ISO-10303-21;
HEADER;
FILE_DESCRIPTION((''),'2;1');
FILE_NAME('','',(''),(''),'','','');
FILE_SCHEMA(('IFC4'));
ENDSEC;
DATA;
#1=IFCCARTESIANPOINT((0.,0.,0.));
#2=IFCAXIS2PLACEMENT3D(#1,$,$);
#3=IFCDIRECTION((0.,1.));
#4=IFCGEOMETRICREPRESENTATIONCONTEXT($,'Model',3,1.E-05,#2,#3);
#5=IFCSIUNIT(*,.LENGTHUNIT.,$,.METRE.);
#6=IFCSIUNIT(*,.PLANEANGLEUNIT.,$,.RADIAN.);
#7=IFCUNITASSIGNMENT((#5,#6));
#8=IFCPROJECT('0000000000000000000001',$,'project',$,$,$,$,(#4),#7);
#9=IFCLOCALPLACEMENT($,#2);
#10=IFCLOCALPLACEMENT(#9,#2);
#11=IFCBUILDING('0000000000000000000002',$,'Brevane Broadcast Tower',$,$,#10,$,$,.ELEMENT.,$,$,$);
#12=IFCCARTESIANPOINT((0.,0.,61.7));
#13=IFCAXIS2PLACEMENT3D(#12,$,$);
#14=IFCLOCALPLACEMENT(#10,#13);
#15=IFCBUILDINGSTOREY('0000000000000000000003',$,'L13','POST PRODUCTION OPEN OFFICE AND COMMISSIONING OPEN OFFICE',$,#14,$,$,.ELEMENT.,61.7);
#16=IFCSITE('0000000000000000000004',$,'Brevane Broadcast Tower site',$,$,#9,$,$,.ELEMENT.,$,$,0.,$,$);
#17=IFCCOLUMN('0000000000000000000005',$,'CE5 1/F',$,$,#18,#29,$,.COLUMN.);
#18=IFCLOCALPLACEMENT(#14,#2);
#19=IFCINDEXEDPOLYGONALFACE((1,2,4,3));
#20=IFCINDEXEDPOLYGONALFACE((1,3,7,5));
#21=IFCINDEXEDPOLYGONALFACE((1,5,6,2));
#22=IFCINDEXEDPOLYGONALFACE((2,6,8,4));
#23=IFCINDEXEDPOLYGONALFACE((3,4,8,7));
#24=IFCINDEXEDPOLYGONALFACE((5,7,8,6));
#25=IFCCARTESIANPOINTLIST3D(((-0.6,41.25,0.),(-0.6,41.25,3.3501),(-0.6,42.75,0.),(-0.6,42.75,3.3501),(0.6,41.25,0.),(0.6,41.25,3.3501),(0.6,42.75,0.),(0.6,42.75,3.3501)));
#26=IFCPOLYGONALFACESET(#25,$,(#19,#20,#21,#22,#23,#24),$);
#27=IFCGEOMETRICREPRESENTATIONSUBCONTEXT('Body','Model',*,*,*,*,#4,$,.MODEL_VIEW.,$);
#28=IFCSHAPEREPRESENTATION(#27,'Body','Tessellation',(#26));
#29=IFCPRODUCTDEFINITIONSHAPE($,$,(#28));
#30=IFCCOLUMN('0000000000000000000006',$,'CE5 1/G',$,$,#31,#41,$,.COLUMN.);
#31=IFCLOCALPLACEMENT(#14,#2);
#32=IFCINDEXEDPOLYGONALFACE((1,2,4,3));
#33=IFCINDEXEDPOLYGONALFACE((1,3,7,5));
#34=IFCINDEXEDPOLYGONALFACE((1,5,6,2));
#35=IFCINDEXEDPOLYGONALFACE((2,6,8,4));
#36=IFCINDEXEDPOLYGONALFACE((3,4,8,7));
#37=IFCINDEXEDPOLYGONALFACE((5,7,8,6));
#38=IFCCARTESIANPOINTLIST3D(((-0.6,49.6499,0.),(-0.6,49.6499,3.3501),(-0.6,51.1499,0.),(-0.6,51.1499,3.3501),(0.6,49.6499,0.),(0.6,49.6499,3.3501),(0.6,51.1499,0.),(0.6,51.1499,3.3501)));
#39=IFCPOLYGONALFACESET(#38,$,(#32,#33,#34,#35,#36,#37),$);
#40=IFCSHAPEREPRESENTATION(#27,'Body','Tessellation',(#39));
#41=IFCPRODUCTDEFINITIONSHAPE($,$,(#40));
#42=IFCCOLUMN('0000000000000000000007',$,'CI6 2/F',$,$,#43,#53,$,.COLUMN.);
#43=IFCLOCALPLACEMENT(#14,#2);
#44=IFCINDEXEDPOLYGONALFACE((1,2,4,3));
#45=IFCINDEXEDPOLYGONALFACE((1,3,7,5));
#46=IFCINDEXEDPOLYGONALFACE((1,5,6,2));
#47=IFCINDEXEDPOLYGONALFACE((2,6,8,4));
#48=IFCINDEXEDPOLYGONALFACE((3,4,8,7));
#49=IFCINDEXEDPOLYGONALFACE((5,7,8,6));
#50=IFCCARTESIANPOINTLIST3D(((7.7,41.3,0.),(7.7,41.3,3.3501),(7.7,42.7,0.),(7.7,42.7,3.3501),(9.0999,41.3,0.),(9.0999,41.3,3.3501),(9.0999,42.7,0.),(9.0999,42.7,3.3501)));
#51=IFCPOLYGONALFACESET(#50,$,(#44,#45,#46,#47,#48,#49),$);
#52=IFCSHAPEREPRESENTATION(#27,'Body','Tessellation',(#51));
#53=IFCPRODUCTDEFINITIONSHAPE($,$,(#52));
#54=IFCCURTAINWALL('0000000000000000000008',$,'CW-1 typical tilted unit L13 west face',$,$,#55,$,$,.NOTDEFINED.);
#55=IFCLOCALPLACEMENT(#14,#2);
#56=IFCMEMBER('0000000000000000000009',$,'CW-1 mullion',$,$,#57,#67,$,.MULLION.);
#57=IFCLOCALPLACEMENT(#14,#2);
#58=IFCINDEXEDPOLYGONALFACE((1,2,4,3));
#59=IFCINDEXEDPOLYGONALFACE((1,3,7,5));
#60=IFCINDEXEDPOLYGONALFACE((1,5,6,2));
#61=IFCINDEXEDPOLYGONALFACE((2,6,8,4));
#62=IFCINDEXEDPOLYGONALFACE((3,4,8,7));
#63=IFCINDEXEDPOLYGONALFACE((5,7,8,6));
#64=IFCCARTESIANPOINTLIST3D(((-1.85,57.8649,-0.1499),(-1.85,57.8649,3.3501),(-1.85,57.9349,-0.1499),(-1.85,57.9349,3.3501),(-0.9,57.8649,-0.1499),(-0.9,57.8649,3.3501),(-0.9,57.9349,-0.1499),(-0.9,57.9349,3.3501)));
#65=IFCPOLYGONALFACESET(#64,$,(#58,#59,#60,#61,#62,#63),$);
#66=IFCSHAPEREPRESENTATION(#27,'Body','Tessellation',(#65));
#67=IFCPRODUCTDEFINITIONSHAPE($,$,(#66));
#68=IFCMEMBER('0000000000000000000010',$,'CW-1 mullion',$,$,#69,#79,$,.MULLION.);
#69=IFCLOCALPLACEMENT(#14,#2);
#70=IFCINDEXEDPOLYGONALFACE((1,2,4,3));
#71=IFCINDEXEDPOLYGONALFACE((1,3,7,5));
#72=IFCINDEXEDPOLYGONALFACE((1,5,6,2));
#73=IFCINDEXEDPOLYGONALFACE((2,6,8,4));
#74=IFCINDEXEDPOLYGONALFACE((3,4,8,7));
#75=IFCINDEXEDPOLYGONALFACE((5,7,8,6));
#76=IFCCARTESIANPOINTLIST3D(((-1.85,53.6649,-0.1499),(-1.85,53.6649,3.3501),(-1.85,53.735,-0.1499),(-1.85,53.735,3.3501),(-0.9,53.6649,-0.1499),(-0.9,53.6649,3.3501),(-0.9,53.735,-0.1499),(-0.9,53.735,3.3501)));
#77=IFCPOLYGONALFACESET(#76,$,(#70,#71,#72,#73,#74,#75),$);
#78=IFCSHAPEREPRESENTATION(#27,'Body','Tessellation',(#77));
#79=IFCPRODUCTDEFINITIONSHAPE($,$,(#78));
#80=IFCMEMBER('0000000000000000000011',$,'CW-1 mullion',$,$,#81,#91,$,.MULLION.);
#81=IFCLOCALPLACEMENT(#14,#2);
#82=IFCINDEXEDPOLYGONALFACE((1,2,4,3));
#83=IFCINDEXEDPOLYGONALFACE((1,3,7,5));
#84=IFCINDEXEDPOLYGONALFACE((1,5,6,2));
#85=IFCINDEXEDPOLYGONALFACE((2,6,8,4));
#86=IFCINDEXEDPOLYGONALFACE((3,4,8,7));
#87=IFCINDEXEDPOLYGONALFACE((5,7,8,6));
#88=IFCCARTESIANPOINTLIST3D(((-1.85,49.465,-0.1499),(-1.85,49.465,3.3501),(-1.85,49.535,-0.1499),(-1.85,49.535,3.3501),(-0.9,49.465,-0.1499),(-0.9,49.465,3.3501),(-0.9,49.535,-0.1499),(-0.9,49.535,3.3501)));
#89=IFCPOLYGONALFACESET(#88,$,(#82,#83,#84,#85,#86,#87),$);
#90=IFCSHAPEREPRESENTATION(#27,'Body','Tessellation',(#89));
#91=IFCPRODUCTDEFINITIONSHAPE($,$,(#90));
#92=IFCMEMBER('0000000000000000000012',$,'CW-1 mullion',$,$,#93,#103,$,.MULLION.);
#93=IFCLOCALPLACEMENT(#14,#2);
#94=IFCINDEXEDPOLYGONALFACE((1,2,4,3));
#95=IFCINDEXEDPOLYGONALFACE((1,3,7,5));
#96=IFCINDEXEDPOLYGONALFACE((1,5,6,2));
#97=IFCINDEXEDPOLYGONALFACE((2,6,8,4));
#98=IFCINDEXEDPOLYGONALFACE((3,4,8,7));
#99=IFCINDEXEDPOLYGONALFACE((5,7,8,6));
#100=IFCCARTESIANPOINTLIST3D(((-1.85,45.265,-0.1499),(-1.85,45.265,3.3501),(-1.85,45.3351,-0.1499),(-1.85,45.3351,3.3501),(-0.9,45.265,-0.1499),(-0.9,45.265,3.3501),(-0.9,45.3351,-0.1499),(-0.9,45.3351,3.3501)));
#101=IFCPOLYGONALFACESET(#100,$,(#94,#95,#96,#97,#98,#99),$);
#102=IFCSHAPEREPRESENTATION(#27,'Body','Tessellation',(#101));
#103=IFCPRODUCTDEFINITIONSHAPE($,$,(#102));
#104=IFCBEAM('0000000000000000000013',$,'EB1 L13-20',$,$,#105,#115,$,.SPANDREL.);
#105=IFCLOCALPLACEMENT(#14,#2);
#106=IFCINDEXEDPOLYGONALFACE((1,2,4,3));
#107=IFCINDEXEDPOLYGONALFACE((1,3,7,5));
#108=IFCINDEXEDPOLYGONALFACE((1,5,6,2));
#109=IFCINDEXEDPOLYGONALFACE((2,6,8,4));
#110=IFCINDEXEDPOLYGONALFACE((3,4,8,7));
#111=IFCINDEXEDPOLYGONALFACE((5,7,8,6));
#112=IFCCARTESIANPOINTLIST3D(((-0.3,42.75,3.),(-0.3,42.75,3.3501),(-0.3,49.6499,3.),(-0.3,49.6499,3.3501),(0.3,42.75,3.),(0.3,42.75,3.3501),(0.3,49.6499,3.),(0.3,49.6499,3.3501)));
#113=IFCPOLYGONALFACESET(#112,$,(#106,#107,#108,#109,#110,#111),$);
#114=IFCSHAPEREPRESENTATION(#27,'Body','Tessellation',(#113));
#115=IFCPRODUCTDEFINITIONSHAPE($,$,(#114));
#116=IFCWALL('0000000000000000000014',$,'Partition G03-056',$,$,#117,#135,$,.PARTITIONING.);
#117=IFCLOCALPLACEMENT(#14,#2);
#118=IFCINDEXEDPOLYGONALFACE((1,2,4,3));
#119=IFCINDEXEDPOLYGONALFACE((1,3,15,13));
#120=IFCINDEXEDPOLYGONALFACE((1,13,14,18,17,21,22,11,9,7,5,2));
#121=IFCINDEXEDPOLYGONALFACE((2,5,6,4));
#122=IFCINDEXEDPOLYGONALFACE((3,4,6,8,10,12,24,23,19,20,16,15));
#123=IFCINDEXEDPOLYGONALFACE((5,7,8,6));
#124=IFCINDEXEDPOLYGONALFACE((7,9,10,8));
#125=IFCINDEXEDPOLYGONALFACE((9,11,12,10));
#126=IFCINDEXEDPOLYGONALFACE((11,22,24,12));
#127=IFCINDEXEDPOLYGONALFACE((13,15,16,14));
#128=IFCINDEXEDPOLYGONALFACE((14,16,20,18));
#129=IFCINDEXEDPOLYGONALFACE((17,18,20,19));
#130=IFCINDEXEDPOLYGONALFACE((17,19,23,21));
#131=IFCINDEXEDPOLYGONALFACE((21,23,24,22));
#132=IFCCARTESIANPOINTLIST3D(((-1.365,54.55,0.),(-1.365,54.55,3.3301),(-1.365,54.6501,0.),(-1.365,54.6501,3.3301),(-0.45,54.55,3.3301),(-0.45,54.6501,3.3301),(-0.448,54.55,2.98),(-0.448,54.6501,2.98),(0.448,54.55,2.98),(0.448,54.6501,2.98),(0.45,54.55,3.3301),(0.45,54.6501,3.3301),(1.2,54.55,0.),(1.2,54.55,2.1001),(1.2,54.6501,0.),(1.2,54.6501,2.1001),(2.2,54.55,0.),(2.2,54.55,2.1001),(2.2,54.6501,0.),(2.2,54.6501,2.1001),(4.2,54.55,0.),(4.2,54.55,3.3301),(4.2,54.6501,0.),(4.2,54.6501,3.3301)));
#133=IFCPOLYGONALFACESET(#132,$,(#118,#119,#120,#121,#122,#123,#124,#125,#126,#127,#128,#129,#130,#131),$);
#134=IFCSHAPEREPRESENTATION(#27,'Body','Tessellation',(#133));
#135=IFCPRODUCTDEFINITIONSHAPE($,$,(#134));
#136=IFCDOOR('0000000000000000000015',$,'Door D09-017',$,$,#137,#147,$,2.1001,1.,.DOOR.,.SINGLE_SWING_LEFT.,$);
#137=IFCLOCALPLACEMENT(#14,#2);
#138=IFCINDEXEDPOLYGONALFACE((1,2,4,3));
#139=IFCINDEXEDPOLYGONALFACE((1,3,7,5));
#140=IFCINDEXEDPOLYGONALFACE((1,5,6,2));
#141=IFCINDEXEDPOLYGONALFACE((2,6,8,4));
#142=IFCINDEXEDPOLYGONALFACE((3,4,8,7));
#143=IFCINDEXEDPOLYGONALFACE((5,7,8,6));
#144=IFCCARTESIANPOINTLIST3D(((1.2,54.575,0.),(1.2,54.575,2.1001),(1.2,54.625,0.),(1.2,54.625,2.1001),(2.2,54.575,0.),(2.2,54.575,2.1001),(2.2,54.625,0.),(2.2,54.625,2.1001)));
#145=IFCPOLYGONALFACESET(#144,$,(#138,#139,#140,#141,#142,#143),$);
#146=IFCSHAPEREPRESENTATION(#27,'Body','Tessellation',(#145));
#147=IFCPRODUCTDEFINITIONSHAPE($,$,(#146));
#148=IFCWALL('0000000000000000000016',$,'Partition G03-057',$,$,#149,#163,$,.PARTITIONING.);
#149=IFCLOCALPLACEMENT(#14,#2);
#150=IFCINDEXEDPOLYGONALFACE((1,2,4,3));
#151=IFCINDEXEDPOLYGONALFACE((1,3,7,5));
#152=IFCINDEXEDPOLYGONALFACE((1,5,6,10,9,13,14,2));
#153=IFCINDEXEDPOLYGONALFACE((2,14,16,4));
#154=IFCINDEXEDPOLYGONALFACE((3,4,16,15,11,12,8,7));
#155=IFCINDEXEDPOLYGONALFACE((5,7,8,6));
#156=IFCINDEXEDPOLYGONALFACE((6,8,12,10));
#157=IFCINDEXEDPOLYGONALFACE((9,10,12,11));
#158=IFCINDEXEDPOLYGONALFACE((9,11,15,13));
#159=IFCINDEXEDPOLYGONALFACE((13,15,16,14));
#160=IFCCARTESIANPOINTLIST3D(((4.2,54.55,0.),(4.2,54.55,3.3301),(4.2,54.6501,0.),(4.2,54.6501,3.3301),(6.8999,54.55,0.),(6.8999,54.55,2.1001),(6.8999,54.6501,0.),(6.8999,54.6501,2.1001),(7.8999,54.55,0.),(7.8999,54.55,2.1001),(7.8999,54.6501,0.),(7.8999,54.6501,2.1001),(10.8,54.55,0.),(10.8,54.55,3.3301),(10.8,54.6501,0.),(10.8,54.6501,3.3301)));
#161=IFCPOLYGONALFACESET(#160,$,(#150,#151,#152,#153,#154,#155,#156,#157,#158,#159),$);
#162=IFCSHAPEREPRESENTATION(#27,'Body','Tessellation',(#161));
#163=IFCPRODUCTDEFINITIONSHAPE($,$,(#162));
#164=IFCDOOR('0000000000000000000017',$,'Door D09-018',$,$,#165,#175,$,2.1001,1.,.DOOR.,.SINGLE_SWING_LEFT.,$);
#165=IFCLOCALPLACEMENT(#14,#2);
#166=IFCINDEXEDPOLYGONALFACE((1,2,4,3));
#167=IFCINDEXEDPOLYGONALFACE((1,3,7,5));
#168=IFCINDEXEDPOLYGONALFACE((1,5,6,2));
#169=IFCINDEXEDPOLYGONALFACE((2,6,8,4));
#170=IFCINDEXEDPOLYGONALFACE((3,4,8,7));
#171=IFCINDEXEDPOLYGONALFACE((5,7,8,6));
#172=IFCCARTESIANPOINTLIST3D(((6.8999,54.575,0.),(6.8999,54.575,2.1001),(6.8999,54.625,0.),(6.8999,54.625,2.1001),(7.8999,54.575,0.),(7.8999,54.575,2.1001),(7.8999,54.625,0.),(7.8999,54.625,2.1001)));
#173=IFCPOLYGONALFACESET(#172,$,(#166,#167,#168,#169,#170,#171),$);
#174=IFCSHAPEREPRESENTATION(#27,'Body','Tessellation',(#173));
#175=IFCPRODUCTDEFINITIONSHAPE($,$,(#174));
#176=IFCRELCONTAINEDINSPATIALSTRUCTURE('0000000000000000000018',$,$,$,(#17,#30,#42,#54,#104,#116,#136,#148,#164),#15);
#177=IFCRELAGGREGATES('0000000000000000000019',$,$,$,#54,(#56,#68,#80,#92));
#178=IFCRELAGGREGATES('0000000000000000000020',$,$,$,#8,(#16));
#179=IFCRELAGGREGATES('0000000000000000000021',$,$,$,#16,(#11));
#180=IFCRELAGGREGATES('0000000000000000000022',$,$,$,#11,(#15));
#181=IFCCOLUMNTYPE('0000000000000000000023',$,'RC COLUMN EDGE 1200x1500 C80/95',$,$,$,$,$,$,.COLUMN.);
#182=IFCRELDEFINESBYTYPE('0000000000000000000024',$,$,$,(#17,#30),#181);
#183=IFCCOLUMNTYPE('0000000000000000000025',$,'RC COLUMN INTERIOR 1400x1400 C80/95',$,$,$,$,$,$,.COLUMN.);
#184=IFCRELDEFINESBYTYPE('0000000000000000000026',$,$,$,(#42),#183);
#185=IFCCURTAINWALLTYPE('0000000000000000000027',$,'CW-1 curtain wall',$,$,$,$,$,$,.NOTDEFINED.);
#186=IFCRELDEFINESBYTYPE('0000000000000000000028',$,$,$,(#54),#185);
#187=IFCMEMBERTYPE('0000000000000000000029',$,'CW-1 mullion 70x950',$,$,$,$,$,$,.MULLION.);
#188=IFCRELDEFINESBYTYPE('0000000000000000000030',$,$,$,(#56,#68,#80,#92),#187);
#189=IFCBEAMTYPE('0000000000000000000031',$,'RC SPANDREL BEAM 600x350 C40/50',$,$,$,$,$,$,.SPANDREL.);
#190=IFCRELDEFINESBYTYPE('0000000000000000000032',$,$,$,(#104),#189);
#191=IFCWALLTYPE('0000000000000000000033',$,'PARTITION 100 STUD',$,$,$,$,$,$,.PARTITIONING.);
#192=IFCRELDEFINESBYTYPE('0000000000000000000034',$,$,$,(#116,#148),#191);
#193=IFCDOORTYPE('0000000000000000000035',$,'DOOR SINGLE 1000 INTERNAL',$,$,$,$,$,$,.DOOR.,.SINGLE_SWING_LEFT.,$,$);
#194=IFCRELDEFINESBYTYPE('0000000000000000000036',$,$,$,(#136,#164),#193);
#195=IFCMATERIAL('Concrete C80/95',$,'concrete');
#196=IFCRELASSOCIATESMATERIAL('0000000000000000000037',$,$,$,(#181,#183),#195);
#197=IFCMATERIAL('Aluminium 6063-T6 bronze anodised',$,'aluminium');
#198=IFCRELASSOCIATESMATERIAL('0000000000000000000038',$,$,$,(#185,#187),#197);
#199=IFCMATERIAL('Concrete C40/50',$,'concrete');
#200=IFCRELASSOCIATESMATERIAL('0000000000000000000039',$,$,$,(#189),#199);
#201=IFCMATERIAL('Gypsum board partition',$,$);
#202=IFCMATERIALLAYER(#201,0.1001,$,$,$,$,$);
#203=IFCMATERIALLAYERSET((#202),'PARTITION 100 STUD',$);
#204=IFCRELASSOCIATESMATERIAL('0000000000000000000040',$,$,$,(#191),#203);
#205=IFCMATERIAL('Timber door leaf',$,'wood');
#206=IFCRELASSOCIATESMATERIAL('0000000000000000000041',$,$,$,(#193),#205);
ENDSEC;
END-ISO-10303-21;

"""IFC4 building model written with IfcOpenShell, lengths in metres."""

from ifc_helpers import new_model, si_unit, direction, frame, frame_2d, origin, origin_2d, place, context, subcontext, project, spatial, polyline, rectangle, outline, extrude, material, layer, layer_set, material_profile, profile_set, type_object, element, fill, aggregate, save


model = new_model("IFC4")

# Units and contexts
model_context = context("Model", 3, precision=1e-05, world=origin(), true_north=direction((0.0, 1.0)))
body_context = subcontext(model_context, "Body", "Model", "MODEL_VIEW")
ifc_project = project(units=[si_unit("LENGTHUNIT", "METRE"), si_unit("PLANEANGLEUNIT", "RADIAN")], contexts=[model_context])

# Site, building, storey
site_placement = place(None, origin())
site = spatial("IfcSite", under=ifc_project, at=site_placement, Name="Brevane Broadcast Tower site", CompositionType="ELEMENT", RefElevation=0.0)
building_placement = place(site_placement, origin())
building = spatial("IfcBuilding", under=site, at=building_placement, Name="Brevane Broadcast Tower", CompositionType="ELEMENT")
storey_placement = place(building_placement, frame((0.0, 0.0, 61.7)))
storey = spatial("IfcBuildingStorey", under=building, at=storey_placement, Name="L13", Description="POST PRODUCTION OPEN OFFICE AND COMMISSIONING OPEN OFFICE", CompositionType="ELEMENT", Elevation=61.7)

# Columns
ifc_material_1 = material(Name="Concrete C80/95", Category="concrete")
ifc_material_profile_1 = material_profile(ifc_material_1, rectangle(XDim=1.2, YDim=1.5, at=origin_2d()), Name="RC 1200x1500")
ifc_profile_set_1 = profile_set([ifc_material_profile_1], Name="Concrete C80/95")
column_type_1 = type_object("IfcColumnType", Name="RC COLUMN EDGE 1200x1500 C80/95", PredefinedType="COLUMN", material=ifc_profile_set_1)
for number, where, z_axis, x_axis, name in (
    (1, (0.0, 42.0, 0.0), (0.0, 0.0, 1.0), (1.0, 0.0, 0.0), "CE5 1/F"),
    (2, (0.0, 50.3999, 0.0), (0.0, 0.0, 1.0), (1.0, 0.0, 0.0), "CE5 1/G"),
):
    element("IfcColumn", number, at=place(storey_placement, frame(where, z_axis=z_axis, x_axis=x_axis)), inside=storey, type_object=column_type_1, Name=name, PredefinedType="COLUMN", context=body_context, shape_type="SweptSolid", body=[
        extrude(rectangle(XDim=1.2, YDim=1.5, at=origin_2d()), origin(), (0.0, 0.0, 1.0), 3.3501),
    ])
ifc_material_profile_2 = material_profile(ifc_material_1, rectangle(XDim=1.3999, YDim=1.3999, at=origin_2d()), Name="RC 1400x1400")
ifc_profile_set_2 = profile_set([ifc_material_profile_2], Name="Concrete C80/95")
column_type_2 = type_object("IfcColumnType", Name="RC COLUMN INTERIOR 1400x1400 C80/95", PredefinedType="COLUMN", material=ifc_profile_set_2)
column_placement = place(storey_placement, frame((8.3999, 42.0, 0.0), z_axis=(0.0, 0.0, 1.0), x_axis=(1.0, 0.0, 0.0)))
element("IfcColumn", 3, at=column_placement, inside=storey, type_object=column_type_2, Name="CI6 2/F", PredefinedType="COLUMN", context=body_context, shape_type="SweptSolid", body=[
    extrude(rectangle(XDim=1.3999, YDim=1.3999, at=origin_2d()), origin(), (0.0, 0.0, 1.0), 3.3501),
])

# Curtain wall, members
ifc_material_2 = material(Name="Aluminium 6063-T6 bronze anodised", Category="aluminium")
curtain_wall_type = type_object("IfcCurtainWallType", Name="CW-1 curtain wall", PredefinedType="NOTDEFINED", material=ifc_material_2)
curtain_wall_placement = place(storey_placement, origin())
curtain_wall = element("IfcCurtainWall", 4, at=curtain_wall_placement, inside=storey, type_object=curtain_wall_type, Name="CW-1 typical tilted unit L13 west face", PredefinedType="NOTDEFINED")
ifc_material_profile_3 = material_profile(ifc_material_2, rectangle(XDim=0.95, YDim=0.0701, at=origin_2d()), Name="RECT 70x950")
ifc_profile_set_3 = profile_set([ifc_material_profile_3], Name="Aluminium 6063-T6 bronze anodised")
member_type = type_object("IfcMemberType", Name="CW-1 mullion 70x950", PredefinedType="MULLION", material=ifc_profile_set_3)
member_1_placement = place(storey_placement, frame((-1.375, 57.8999, -0.1499), z_axis=(0.0, 0.0, 1.0), x_axis=(1.0, 0.0, 0.0)))
member_1 = element("IfcMember", 5, at=member_1_placement, type_object=member_type, Name="CW-1 mullion", PredefinedType="MULLION", context=body_context, shape_type="SweptSolid", body=[
    extrude(rectangle(XDim=0.95, YDim=0.0701, at=origin_2d()), origin(), (0.0, 0.0, 1.0), 3.5),
])
member_2_placement = place(storey_placement, frame((-1.375, 53.7, -0.1499), z_axis=(0.0, 0.0, 1.0), x_axis=(1.0, 0.0, 0.0)))
member_2 = element("IfcMember", 6, at=member_2_placement, type_object=member_type, Name="CW-1 mullion", PredefinedType="MULLION", context=body_context, shape_type="SweptSolid", body=[
    extrude(rectangle(XDim=0.95, YDim=0.0701, at=origin_2d()), origin(), (0.0, 0.0, 1.0), 3.5),
])
member_3_placement = place(storey_placement, frame((-1.375, 49.5, -0.1499), z_axis=(0.0, 0.0, 1.0), x_axis=(1.0, 0.0, 0.0)))
member_3 = element("IfcMember", 7, at=member_3_placement, type_object=member_type, Name="CW-1 mullion", PredefinedType="MULLION", context=body_context, shape_type="SweptSolid", body=[
    extrude(rectangle(XDim=0.95, YDim=0.0701, at=origin_2d()), origin(), (0.0, 0.0, 1.0), 3.5),
])
member_4_placement = place(storey_placement, frame((-1.375, 45.3, -0.1499), z_axis=(0.0, 0.0, 1.0), x_axis=(1.0, 0.0, 0.0)))
member_4 = element("IfcMember", 8, at=member_4_placement, type_object=member_type, Name="CW-1 mullion", PredefinedType="MULLION", context=body_context, shape_type="SweptSolid", body=[
    extrude(rectangle(XDim=0.95, YDim=0.0701, at=origin_2d()), origin(), (0.0, 0.0, 1.0), 3.5),
])
aggregate(curtain_wall, [member_1, member_2, member_3, member_4])

# Beam
ifc_material_3 = material(Name="Concrete C40/50", Category="concrete")
ifc_material_profile_4 = material_profile(ifc_material_3, rectangle(XDim=0.6001, YDim=0.3501, at=origin_2d()), Name="RC 600x350")
ifc_profile_set_4 = profile_set([ifc_material_profile_4], Name="Concrete C40/50")
beam_type = type_object("IfcBeamType", Name="RC SPANDREL BEAM 600x350 C40/50", PredefinedType="SPANDREL", material=ifc_profile_set_4)
beam_placement = place(storey_placement, frame((0.0, 49.6499, 3.175), z_axis=(0.0, -1.0, 0.0), x_axis=(1.0, 0.0, 0.0)))
element("IfcBeam", 9, at=beam_placement, inside=storey, type_object=beam_type, Name="EB1 L13-20", PredefinedType="SPANDREL", context=body_context, shape_type="SweptSolid", body=[
    extrude(rectangle(XDim=0.6001, YDim=0.3501, at=origin_2d()), origin(), (0.0, 0.0, 1.0), 6.8999),
])

# Walls, openings, doors
ifc_material_4 = material(Name="Gypsum board partition")
ifc_layer_1 = layer(ifc_material_4, 0.1001)
ifc_layer_set_1 = layer_set([ifc_layer_1], Name="PARTITION 100 STUD")
wall_type_1 = type_object("IfcWallType", Name="PARTITION 100 STUD", PredefinedType="PARTITIONING", material=ifc_layer_set_1)
wall_1_placement = place(storey_placement, frame((-1.365, 54.6001, 0.0), z_axis=(0.0, 0.0, 1.0), x_axis=(1.0, 0.0, 0.0)))
wall_1 = element("IfcWall", 10, at=wall_1_placement, inside=storey, type_object=wall_type_1, Name="Partition G03-056", PredefinedType="PARTITIONING", context=body_context, shape_type="SweptSolid", body=[
    extrude(outline(polyline([(0.0, 0.0), (5.5649, 0.0), (5.5649, 3.3301), (1.8149, 3.3301), (1.813, 2.98), (0.917, 2.98), (0.915, 3.3301), (0.2649, 3.3301), (0.0, 3.3301), (0.0, 0.0)])), frame((0.0, 0.05, 0.0), z_axis=(0.0, -1.0, 0.0), x_axis=(1.0, 0.0, 0.0)), (0.0, 0.0, 1.0), 0.1001),
])
opening_1_placement = place(wall_1_placement, frame((2.5649, 0.0, 0.0)))
opening_1 = element("IfcOpeningElement", 11, at=opening_1_placement, cuts=wall_1, PredefinedType="OPENING", context=body_context, shape_type="SweptSolid", body=[
    extrude(rectangle(XDim=1.0, YDim=2.1001, at=frame_2d((0.5, 1.05))), frame((0.0, 0.0601, 0.0), z_axis=(0.0, -1.0, 0.0), x_axis=(1.0, 0.0, 0.0)), (0.0, 0.0, 1.0), 0.1201),
])
ifc_material_5 = material(Name="Timber door leaf", Category="wood")
door_type = type_object("IfcDoorType", Name="DOOR SINGLE 1000 INTERNAL", OperationType="SINGLE_SWING_LEFT", PredefinedType="DOOR", material=ifc_material_5)
door_1_placement = place(opening_1_placement, origin())
door_1 = element("IfcDoor", 12, at=door_1_placement, inside=storey, type_object=door_type, Name="Door D09-017", OperationType="SINGLE_SWING_LEFT", OverallHeight=2.1001, OverallWidth=1.0, PredefinedType="DOOR", context=body_context, shape_type="SweptSolid", body=[
    extrude(rectangle(XDim=1.0, YDim=2.1001, at=frame_2d((0.5, 1.05))), frame((0.0, 0.0249, 0.0), z_axis=(0.0, -1.0, 0.0), x_axis=(1.0, 0.0, 0.0)), (0.0, 0.0, 1.0), 0.05),
])
fill(opening_1, door_1)
wall_2_placement = place(storey_placement, frame((4.2, 54.6001, 0.0), z_axis=(0.0, 0.0, 1.0), x_axis=(1.0, 0.0, 0.0)))
wall_2 = element("IfcWall", 13, at=wall_2_placement, inside=storey, type_object=wall_type_1, Name="Partition G03-057", PredefinedType="PARTITIONING", context=body_context, shape_type="SweptSolid", body=[
    extrude(rectangle(XDim=6.6001, YDim=0.1001, at=frame_2d((3.3, 0.0))), origin(), (0.0, 0.0, 1.0), 3.3301),
])
opening_2_placement = place(wall_2_placement, frame((2.7, 0.0, 0.0)))
opening_2 = element("IfcOpeningElement", 14, at=opening_2_placement, cuts=wall_2, PredefinedType="OPENING", context=body_context, shape_type="SweptSolid", body=[
    extrude(rectangle(XDim=1.0, YDim=2.1001, at=frame_2d((0.5, 1.05))), frame((0.0, 0.0601, 0.0), z_axis=(0.0, -1.0, 0.0), x_axis=(1.0, 0.0, 0.0)), (0.0, 0.0, 1.0), 0.1201),
])
door_2_placement = place(opening_2_placement, origin())
door_2 = element("IfcDoor", 15, at=door_2_placement, inside=storey, type_object=door_type, Name="Door D09-018", OperationType="SINGLE_SWING_LEFT", OverallHeight=2.1001, OverallWidth=1.0, PredefinedType="DOOR", context=body_context, shape_type="SweptSolid", body=[
    extrude(rectangle(XDim=1.0, YDim=2.1001, at=frame_2d((0.5, 1.05))), frame((0.0, 0.0249, 0.0), z_axis=(0.0, -1.0, 0.0), x_axis=(1.0, 0.0, 0.0)), (0.0, 0.0, 1.0), 0.05),
])
fill(opening_2, door_2)

save(model, "model.ifc")
